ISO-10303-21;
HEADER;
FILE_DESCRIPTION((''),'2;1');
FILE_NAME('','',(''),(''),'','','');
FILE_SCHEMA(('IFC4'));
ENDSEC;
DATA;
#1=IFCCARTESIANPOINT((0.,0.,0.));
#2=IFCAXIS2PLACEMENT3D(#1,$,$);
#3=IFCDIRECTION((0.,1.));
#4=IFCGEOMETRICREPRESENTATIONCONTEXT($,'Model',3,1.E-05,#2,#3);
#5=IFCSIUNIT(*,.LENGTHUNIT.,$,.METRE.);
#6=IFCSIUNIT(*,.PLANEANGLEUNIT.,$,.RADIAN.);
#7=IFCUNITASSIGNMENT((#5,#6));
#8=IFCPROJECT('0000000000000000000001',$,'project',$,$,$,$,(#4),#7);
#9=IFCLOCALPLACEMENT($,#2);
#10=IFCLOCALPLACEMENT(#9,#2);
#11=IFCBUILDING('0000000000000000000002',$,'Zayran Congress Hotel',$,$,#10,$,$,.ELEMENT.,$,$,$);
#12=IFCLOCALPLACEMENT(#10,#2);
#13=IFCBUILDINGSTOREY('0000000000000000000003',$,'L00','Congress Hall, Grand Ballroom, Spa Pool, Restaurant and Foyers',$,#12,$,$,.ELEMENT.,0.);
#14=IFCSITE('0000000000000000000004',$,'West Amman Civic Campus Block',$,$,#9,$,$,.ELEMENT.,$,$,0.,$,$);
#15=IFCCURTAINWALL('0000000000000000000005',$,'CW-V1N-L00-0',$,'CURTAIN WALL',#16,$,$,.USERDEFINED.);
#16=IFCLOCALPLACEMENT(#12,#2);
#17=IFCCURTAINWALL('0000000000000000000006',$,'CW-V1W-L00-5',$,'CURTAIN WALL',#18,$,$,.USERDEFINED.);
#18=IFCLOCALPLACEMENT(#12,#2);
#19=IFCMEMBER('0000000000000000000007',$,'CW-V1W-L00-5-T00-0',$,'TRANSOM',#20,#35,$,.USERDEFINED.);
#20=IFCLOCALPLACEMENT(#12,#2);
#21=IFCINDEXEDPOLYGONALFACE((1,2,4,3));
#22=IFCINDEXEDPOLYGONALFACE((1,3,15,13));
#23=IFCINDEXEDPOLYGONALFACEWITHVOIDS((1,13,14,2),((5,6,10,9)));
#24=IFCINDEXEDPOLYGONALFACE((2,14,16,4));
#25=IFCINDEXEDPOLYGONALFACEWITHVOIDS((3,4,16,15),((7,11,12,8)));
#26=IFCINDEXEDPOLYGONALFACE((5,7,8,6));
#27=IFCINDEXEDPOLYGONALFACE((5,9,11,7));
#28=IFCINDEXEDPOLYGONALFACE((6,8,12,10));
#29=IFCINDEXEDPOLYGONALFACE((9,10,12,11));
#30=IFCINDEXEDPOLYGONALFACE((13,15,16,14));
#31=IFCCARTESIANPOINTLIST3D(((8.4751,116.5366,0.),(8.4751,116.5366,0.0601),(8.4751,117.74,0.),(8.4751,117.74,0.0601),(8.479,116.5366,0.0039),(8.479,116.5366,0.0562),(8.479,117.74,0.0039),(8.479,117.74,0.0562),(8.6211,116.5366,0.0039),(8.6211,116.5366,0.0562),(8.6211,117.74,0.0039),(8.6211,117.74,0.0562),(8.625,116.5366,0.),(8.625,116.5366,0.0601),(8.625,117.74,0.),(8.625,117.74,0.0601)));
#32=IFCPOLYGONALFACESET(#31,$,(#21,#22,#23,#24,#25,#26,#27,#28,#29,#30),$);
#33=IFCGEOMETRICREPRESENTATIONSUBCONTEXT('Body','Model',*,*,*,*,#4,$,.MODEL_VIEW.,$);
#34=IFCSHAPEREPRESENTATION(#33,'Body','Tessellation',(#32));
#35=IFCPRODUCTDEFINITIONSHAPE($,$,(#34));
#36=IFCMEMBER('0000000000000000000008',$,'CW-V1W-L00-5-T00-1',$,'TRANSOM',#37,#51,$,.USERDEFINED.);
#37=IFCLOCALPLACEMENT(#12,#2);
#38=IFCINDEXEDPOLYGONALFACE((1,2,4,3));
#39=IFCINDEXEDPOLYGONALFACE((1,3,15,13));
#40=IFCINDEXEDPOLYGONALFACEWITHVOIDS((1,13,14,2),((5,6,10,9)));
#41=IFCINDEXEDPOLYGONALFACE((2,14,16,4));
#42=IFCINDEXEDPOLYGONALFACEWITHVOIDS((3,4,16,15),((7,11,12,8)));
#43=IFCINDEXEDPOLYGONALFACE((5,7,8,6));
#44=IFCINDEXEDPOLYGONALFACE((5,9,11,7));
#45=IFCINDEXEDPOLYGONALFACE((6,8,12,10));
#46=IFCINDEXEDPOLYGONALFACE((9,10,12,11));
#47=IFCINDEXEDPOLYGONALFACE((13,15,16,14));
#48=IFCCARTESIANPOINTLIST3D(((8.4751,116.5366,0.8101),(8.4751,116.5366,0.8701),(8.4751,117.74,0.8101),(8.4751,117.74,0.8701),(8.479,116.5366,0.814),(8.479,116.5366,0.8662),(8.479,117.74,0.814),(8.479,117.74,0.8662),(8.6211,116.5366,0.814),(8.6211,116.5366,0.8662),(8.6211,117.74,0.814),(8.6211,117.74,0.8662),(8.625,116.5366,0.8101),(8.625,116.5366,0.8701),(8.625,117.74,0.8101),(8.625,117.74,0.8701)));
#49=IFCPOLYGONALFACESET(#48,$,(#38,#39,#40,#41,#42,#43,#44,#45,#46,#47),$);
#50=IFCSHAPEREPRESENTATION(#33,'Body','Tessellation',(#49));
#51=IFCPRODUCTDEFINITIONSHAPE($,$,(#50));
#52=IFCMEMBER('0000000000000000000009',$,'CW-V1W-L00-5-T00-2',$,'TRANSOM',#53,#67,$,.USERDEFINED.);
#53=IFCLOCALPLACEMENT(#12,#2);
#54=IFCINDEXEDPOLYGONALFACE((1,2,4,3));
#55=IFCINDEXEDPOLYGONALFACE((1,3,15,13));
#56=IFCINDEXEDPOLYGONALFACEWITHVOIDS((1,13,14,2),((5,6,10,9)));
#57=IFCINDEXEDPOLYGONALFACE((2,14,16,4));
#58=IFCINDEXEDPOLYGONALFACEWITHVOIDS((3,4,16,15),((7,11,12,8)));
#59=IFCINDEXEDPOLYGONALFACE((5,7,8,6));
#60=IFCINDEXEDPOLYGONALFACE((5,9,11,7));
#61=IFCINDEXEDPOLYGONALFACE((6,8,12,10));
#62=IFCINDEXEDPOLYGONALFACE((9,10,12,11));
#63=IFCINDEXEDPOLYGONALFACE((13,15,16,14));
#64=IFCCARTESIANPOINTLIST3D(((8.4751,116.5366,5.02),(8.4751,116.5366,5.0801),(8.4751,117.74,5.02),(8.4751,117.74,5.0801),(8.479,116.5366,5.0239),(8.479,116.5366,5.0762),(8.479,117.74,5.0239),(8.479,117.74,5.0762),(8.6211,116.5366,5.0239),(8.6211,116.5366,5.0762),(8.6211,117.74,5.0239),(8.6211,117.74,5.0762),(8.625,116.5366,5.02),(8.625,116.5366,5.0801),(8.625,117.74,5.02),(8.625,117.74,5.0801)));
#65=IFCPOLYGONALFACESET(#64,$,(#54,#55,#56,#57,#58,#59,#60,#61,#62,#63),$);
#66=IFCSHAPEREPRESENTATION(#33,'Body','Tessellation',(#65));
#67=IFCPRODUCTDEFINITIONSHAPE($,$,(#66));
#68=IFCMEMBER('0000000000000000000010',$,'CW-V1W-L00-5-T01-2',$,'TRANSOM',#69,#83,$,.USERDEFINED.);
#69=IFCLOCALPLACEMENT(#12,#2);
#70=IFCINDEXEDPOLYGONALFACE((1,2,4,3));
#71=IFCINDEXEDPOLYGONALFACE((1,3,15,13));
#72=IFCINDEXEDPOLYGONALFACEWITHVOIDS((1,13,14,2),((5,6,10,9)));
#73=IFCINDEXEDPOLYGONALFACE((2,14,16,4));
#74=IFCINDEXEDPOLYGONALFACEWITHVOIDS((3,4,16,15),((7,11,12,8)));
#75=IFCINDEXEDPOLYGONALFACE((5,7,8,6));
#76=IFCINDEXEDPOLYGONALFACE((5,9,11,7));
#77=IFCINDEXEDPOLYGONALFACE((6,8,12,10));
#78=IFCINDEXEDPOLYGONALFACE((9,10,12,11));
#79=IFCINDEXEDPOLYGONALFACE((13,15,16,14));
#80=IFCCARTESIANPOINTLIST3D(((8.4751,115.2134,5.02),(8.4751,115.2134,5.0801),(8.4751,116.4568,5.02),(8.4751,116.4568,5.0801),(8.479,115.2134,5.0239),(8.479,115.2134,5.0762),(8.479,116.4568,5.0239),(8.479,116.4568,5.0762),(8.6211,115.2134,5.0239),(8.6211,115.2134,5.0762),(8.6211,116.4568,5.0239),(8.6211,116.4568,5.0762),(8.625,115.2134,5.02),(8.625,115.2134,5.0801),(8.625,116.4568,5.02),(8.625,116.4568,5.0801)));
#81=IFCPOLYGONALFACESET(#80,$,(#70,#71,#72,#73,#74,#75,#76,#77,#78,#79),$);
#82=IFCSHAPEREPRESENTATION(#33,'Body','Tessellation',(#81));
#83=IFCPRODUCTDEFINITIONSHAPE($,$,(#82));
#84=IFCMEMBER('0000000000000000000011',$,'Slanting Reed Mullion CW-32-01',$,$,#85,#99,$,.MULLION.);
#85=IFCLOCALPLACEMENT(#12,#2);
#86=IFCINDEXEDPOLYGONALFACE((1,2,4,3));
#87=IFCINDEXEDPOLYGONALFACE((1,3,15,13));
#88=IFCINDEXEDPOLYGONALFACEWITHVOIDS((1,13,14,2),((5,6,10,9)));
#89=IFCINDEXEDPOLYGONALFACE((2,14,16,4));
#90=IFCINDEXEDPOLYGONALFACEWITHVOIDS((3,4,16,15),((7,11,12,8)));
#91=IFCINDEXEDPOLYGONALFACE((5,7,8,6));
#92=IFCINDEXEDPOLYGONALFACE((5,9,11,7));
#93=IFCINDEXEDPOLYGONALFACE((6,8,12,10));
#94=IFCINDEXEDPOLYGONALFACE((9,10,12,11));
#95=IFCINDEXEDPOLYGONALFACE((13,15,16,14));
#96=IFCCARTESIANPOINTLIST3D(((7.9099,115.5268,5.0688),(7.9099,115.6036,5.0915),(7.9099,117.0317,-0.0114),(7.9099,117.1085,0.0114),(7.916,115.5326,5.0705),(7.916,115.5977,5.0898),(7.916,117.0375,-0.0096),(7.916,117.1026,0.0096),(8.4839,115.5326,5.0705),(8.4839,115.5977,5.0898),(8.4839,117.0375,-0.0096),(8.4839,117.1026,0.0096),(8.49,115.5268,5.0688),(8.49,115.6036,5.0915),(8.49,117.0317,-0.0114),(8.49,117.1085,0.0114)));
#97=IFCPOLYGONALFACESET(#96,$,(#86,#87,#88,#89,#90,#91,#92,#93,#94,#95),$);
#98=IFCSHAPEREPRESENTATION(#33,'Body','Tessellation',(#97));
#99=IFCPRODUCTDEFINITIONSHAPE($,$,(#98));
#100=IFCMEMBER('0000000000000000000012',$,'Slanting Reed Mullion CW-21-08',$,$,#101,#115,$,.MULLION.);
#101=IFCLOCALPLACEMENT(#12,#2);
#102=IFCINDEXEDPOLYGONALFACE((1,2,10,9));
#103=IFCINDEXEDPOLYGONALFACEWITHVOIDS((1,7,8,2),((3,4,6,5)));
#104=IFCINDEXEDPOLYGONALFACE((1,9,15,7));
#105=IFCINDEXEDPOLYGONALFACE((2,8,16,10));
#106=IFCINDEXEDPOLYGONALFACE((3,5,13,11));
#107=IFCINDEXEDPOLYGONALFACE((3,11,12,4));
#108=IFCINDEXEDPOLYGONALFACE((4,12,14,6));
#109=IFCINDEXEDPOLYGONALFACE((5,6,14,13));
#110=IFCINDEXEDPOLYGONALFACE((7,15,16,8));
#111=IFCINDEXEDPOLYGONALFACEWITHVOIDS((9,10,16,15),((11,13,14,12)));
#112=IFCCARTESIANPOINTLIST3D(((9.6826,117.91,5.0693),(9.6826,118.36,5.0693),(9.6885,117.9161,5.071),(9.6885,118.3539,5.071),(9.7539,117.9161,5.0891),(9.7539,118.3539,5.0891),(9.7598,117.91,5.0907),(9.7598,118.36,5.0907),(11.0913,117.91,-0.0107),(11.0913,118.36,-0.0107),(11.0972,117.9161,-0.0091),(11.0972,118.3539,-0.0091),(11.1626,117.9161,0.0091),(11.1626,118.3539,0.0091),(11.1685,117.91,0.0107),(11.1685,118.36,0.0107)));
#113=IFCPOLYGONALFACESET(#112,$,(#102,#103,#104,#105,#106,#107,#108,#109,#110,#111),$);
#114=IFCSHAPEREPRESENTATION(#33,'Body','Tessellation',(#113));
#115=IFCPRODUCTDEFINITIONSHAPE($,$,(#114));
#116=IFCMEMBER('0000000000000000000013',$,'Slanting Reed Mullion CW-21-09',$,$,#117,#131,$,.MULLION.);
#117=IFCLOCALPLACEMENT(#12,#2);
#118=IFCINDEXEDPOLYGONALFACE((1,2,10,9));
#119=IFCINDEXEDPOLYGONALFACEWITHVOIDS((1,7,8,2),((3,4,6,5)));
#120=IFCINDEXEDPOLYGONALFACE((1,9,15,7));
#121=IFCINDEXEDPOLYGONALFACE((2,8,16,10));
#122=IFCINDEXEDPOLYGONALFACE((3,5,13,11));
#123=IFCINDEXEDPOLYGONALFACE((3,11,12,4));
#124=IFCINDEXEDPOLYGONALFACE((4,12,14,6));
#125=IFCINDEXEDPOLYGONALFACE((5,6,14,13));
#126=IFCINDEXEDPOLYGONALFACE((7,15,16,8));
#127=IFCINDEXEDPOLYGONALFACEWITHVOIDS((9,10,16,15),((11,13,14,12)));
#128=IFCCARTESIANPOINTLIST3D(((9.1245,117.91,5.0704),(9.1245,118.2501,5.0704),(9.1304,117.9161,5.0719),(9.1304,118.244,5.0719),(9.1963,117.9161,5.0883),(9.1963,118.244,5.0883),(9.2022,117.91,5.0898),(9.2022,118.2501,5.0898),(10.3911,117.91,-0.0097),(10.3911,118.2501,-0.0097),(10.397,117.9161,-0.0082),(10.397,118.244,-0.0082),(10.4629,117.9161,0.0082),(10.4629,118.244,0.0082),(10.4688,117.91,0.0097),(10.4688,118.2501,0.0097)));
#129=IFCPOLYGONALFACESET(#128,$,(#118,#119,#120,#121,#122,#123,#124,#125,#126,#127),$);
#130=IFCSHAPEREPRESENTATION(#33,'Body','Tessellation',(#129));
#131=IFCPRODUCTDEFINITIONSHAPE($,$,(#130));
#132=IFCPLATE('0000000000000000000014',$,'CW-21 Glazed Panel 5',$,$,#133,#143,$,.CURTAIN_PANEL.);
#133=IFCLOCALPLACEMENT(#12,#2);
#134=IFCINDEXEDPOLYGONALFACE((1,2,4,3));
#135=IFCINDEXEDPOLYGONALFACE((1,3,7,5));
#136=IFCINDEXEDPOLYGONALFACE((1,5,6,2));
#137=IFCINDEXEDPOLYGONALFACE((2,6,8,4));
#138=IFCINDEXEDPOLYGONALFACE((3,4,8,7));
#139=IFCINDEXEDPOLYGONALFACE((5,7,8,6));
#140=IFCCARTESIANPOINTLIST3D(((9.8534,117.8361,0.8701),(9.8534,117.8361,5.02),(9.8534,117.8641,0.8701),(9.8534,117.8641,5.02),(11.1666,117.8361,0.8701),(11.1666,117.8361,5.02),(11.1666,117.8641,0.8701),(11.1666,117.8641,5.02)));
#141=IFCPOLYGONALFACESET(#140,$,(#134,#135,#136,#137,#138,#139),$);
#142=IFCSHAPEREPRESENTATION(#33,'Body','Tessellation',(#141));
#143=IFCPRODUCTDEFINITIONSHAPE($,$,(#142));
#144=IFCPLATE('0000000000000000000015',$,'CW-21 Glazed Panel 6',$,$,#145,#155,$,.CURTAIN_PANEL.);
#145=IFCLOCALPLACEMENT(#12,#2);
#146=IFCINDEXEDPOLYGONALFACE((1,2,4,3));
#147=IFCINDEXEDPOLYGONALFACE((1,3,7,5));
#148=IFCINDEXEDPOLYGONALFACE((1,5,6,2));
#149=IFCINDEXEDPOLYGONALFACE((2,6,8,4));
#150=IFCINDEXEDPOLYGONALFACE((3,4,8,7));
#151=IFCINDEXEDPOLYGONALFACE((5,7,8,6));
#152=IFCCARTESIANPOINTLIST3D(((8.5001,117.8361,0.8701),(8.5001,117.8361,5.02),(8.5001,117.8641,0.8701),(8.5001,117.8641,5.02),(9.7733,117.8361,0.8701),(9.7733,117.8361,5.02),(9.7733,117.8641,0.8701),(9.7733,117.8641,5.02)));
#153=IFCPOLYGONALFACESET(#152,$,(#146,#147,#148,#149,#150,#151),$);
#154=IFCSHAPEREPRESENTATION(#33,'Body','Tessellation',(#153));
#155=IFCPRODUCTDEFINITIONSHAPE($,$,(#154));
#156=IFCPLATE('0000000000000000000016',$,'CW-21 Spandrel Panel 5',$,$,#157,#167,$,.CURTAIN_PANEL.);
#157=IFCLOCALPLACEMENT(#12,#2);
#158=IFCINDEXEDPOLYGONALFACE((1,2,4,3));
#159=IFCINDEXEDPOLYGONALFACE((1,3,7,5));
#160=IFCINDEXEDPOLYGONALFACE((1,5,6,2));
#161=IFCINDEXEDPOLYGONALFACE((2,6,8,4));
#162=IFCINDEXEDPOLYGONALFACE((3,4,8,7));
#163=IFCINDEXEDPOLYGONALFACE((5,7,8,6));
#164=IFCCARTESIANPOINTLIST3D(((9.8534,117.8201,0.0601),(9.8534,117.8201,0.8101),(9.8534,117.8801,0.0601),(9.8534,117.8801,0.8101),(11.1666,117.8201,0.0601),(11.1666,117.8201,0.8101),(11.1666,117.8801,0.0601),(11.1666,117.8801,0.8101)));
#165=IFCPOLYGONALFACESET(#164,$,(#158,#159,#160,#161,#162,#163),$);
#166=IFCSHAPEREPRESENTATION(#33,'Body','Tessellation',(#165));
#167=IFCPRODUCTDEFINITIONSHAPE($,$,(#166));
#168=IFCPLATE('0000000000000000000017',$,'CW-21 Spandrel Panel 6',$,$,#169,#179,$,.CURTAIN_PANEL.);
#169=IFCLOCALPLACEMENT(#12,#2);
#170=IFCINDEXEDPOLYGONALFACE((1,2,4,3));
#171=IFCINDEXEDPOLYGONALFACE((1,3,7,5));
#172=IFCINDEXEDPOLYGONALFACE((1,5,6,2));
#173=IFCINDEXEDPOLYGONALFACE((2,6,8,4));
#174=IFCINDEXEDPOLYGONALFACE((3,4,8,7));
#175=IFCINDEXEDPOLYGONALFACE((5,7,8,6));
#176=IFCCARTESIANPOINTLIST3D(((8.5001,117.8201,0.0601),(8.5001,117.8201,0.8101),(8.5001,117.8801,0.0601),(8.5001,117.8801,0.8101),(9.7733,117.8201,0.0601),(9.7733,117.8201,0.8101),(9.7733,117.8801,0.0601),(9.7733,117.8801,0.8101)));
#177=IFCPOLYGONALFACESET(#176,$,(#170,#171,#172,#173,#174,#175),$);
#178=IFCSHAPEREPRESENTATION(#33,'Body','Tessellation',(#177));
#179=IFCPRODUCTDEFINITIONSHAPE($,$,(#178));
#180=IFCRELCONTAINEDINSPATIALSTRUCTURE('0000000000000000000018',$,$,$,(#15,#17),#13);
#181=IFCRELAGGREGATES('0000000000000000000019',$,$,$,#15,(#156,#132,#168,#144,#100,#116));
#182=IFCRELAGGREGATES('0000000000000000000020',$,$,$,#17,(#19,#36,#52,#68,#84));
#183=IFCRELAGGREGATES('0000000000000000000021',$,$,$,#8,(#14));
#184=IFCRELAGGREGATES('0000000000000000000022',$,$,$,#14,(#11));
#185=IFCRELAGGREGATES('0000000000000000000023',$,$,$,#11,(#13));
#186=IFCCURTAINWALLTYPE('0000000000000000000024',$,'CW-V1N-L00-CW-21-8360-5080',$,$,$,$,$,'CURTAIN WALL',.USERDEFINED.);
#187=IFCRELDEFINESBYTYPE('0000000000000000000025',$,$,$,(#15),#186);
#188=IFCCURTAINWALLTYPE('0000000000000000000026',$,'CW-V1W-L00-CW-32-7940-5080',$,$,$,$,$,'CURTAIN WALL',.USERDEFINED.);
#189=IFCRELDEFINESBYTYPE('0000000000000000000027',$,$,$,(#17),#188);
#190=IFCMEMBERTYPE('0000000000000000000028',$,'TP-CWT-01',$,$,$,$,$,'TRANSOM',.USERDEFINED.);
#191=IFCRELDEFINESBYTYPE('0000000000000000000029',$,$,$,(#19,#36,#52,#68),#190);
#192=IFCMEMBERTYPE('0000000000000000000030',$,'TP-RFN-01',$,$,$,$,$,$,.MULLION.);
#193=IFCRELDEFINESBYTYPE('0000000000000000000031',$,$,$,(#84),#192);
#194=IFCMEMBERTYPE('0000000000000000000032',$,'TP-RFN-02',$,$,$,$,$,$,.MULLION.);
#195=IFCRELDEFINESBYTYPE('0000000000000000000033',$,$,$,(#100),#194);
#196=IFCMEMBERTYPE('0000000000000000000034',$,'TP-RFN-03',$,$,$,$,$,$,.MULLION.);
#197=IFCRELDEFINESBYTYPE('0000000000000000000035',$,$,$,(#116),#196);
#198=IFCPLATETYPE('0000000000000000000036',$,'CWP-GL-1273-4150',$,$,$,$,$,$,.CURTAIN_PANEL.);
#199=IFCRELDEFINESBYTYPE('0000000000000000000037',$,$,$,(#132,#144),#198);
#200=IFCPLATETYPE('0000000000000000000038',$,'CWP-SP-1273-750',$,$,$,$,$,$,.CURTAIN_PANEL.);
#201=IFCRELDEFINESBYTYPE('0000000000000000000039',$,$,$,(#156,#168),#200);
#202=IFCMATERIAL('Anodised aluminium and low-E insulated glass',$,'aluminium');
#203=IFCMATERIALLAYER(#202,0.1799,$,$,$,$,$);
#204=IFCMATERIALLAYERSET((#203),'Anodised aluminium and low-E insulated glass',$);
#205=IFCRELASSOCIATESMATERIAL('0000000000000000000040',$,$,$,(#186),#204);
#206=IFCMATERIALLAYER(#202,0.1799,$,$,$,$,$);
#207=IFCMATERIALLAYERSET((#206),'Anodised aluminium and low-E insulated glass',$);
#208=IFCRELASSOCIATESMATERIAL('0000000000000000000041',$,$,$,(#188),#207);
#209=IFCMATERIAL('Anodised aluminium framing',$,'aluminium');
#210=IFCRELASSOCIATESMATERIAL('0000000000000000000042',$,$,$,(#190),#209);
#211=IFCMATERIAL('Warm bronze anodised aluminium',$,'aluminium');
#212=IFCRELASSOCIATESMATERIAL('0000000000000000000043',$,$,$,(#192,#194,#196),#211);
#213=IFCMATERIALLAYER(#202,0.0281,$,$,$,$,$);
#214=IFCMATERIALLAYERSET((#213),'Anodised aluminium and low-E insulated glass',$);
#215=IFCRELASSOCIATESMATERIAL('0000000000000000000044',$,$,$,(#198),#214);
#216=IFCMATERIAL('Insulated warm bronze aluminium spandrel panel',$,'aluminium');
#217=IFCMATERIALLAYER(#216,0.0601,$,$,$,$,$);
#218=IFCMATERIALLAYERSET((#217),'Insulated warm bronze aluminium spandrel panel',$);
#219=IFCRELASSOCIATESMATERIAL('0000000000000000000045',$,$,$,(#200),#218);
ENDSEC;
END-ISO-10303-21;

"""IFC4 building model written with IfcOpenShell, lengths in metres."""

from ifc_helpers import new_model, si_unit, direction, frame, origin, origin_2d, place, context, subcontext, project, spatial, rectangle, hollow_rectangle, extrude, material, layer, layer_set, material_profile, profile_set, type_object, element, aggregate, save


model = new_model("IFC4")

# Units and contexts
model_context = context("Model", 3, precision=1e-05, world=origin(), true_north=direction((0.0, 1.0)))
body_context = subcontext(model_context, "Body", "Model", "MODEL_VIEW")
ifc_project = project(units=[si_unit("LENGTHUNIT", "METRE"), si_unit("PLANEANGLEUNIT", "RADIAN")], contexts=[model_context])

# Site, building, storey
site_placement = place(None, origin())
site = spatial("IfcSite", under=ifc_project, at=site_placement, Name="West Amman Civic Campus Block", CompositionType="ELEMENT", RefElevation=0.0)
building_placement = place(site_placement, origin())
building = spatial("IfcBuilding", under=site, at=building_placement, Name="Zayran Congress Hotel", CompositionType="ELEMENT")
storey_placement = place(building_placement, origin())
storey = spatial("IfcBuildingStorey", under=building, at=storey_placement, Name="L00", Description="Congress Hall, Grand Ballroom, Spa Pool, Restaurant and Foyers", CompositionType="ELEMENT", Elevation=0.0)

# Curtain walls
ifc_material_1 = material(Name="Anodised aluminium and low-E insulated glass", Category="aluminium")
ifc_layer_1 = layer(ifc_material_1, 0.1799)
ifc_layer_set_1 = layer_set([ifc_layer_1], Name="Anodised aluminium and low-E insulated glass")
curtain_wall_type_1 = type_object("IfcCurtainWallType", Name="CW-V1N-L00-CW-21-8360-5080", ElementType="CURTAIN WALL", PredefinedType="USERDEFINED", material=ifc_layer_set_1)
curtain_wall_1_placement = place(storey_placement, origin())
curtain_wall_1 = element("IfcCurtainWall", 1, at=curtain_wall_1_placement, inside=storey, type_object=curtain_wall_type_1, Name="CW-V1N-L00-0", ObjectType="CURTAIN WALL", PredefinedType="USERDEFINED")
ifc_material_2 = material(Name="Anodised aluminium framing", Category="aluminium")
ifc_layer_2 = layer(ifc_material_1, 0.1799)
ifc_layer_set_2 = layer_set([ifc_layer_2], Name="Anodised aluminium and low-E insulated glass")
curtain_wall_type_2 = type_object("IfcCurtainWallType", Name="CW-V1W-L00-CW-32-7940-5080", ElementType="CURTAIN WALL", PredefinedType="USERDEFINED", material=ifc_layer_set_2)
curtain_wall_2_placement = place(storey_placement, origin())
curtain_wall_2 = element("IfcCurtainWall", 2, at=curtain_wall_2_placement, inside=storey, type_object=curtain_wall_type_2, Name="CW-V1W-L00-5", ObjectType="CURTAIN WALL", PredefinedType="USERDEFINED")

# Members
ifc_material_profile_1 = material_profile(ifc_material_2, hollow_rectangle(XDim=0.0601, YDim=0.1499, WallThickness=0.0039, at=origin_2d()), Name="RHS 150x60x4")
ifc_profile_set_1 = profile_set([ifc_material_profile_1], Name="Anodised aluminium framing")
member_type_1 = type_object("IfcMemberType", Name="TP-CWT-01", ElementType="TRANSOM", PredefinedType="USERDEFINED", material=ifc_profile_set_1)
member_1_placement = place(storey_placement, frame((8.55, 117.74, 0.03), z_axis=(0.0, -1.0, 0.0), x_axis=(0.0, 0.0, 1.0)))
member_1 = element("IfcMember", 3, at=member_1_placement, type_object=member_type_1, Name="CW-V1W-L00-5-T00-0", ObjectType="TRANSOM", PredefinedType="USERDEFINED", context=body_context, shape_type="SweptSolid", body=[
    extrude(hollow_rectangle(XDim=0.0601, YDim=0.1499, WallThickness=0.0039, at=origin_2d()), origin(), (0.0, 0.0, 1.0), 1.2034),
])
member_2_placement = place(storey_placement, frame((8.55, 117.74, 0.8401), z_axis=(0.0, -1.0, 0.0), x_axis=(0.0, 0.0, 1.0)))
member_2 = element("IfcMember", 4, at=member_2_placement, type_object=member_type_1, Name="CW-V1W-L00-5-T00-1", ObjectType="TRANSOM", PredefinedType="USERDEFINED", context=body_context, shape_type="SweptSolid", body=[
    extrude(hollow_rectangle(XDim=0.0601, YDim=0.1499, WallThickness=0.0039, at=origin_2d()), origin(), (0.0, 0.0, 1.0), 1.2034),
])
member_3_placement = place(storey_placement, frame((8.55, 117.74, 5.05), z_axis=(0.0, -1.0, 0.0), x_axis=(0.0, 0.0, 1.0)))
member_3 = element("IfcMember", 5, at=member_3_placement, type_object=member_type_1, Name="CW-V1W-L00-5-T00-2", ObjectType="TRANSOM", PredefinedType="USERDEFINED", context=body_context, shape_type="SweptSolid", body=[
    extrude(hollow_rectangle(XDim=0.0601, YDim=0.1499, WallThickness=0.0039, at=origin_2d()), origin(), (0.0, 0.0, 1.0), 1.2034),
])
member_4_placement = place(storey_placement, frame((8.55, 116.4568, 5.05), z_axis=(0.0, -1.0, 0.0), x_axis=(0.0, 0.0, 1.0)))
member_4 = element("IfcMember", 6, at=member_4_placement, type_object=member_type_1, Name="CW-V1W-L00-5-T01-2", ObjectType="TRANSOM", PredefinedType="USERDEFINED", context=body_context, shape_type="SweptSolid", body=[
    extrude(hollow_rectangle(XDim=0.0601, YDim=0.1499, WallThickness=0.0039, at=origin_2d()), origin(), (0.0, 0.0, 1.0), 1.2434),
])
ifc_material_3 = material(Name="Warm bronze anodised aluminium", Category="aluminium")
ifc_material_profile_2 = material_profile(ifc_material_3, hollow_rectangle(XDim=0.0801, YDim=0.5801, WallThickness=0.0061, at=origin_2d()), Name="RHS 580x80x6")
ifc_profile_set_2 = profile_set([ifc_material_profile_2], Name="Warm bronze anodised aluminium")
member_type_2 = type_object("IfcMemberType", Name="TP-RFN-01", PredefinedType="MULLION", material=ifc_profile_set_2)
member_5_placement = place(storey_placement, frame((8.2, 117.0701, 0.0), z_axis=(0.0, -0.284032, 0.958815), x_axis=(0.0, 0.958815, 0.284032)))
member_5 = element("IfcMember", 7, at=member_5_placement, type_object=member_type_2, Name="Slanting Reed Mullion CW-32-01", PredefinedType="MULLION", context=body_context, shape_type="SweptSolid", body=[
    extrude(hollow_rectangle(XDim=0.0801, YDim=0.5801, WallThickness=0.0061, at=origin_2d()), origin(), (0.0, 0.0, 1.0), 5.2983),
])
ifc_material_profile_3 = material_profile(ifc_material_3, hollow_rectangle(XDim=0.0801, YDim=0.45, WallThickness=0.0061, at=origin_2d()), Name="RHS 450x80x6")
ifc_profile_set_3 = profile_set([ifc_material_profile_3], Name="Warm bronze anodised aluminium")
member_type_3 = type_object("IfcMemberType", Name="TP-RFN-02", PredefinedType="MULLION", material=ifc_profile_set_3)
member_6_placement = place(storey_placement, frame((11.1299, 118.135, 0.0), z_axis=(-0.267214, 0.0, 0.963637), x_axis=(0.963637, 0.0, 0.267214)))
member_6 = element("IfcMember", 8, at=member_6_placement, type_object=member_type_3, Name="Slanting Reed Mullion CW-21-08", PredefinedType="MULLION", context=body_context, shape_type="SweptSolid", body=[
    extrude(hollow_rectangle(XDim=0.0801, YDim=0.45, WallThickness=0.0061, at=origin_2d()), origin(), (0.0, 0.0, 1.0), 5.2717),
])
ifc_material_profile_4 = material_profile(ifc_material_3, hollow_rectangle(XDim=0.0801, YDim=0.3401, WallThickness=0.0061, at=origin_2d()), Name="RHS 340x80x6")
ifc_profile_set_4 = profile_set([ifc_material_profile_4], Name="Warm bronze anodised aluminium")
member_type_4 = type_object("IfcMemberType", Name="TP-RFN-03", PredefinedType="MULLION", material=ifc_profile_set_4)
member_7_placement = place(storey_placement, frame((10.4299, 118.0801, 0.0), z_axis=(-0.241921, 0.0, 0.970296), x_axis=(0.970296, 0.0, 0.241921)))
member_7 = element("IfcMember", 9, at=member_7_placement, type_object=member_type_4, Name="Slanting Reed Mullion CW-21-09", PredefinedType="MULLION", context=body_context, shape_type="SweptSolid", body=[
    extrude(hollow_rectangle(XDim=0.0801, YDim=0.3401, WallThickness=0.0061, at=origin_2d()), origin(), (0.0, 0.0, 1.0), 5.2356),
])

# Plates
ifc_layer_3 = layer(ifc_material_1, 0.0281)
ifc_layer_set_3 = layer_set([ifc_layer_3], Name="Anodised aluminium and low-E insulated glass")
plate_type_1 = type_object("IfcPlateType", Name="CWP-GL-1273-4150", PredefinedType="CURTAIN_PANEL", material=ifc_layer_set_3)
plate_1_placement = place(storey_placement, frame((10.51, 117.8501, 0.8701), z_axis=(0.0, 0.0, 1.0), x_axis=(1.0, 0.0, 0.0)))
plate_1 = element("IfcPlate", 10, at=plate_1_placement, type_object=plate_type_1, Name="CW-21 Glazed Panel 5", PredefinedType="CURTAIN_PANEL", context=body_context, shape_type="SweptSolid", body=[
    extrude(rectangle(XDim=1.3132, YDim=0.0281, at=origin_2d()), origin(), (0.0, 0.0, 1.0), 4.1499),
])
plate_2_placement = place(storey_placement, frame((9.1367, 117.8501, 0.8701), z_axis=(0.0, 0.0, 1.0), x_axis=(1.0, 0.0, 0.0)))
plate_2 = element("IfcPlate", 11, at=plate_2_placement, type_object=plate_type_1, Name="CW-21 Glazed Panel 6", PredefinedType="CURTAIN_PANEL", context=body_context, shape_type="SweptSolid", body=[
    extrude(rectangle(XDim=1.2732, YDim=0.0281, at=origin_2d()), origin(), (0.0, 0.0, 1.0), 4.1499),
])
ifc_material_4 = material(Name="Insulated warm bronze aluminium spandrel panel", Category="aluminium")
ifc_layer_4 = layer(ifc_material_4, 0.0601)
ifc_layer_set_4 = layer_set([ifc_layer_4], Name="Insulated warm bronze aluminium spandrel panel")
plate_type_2 = type_object("IfcPlateType", Name="CWP-SP-1273-750", PredefinedType="CURTAIN_PANEL", material=ifc_layer_set_4)
plate_3_placement = place(storey_placement, frame((10.51, 117.8501, 0.0601), z_axis=(0.0, 0.0, 1.0), x_axis=(1.0, 0.0, 0.0)))
plate_3 = element("IfcPlate", 12, at=plate_3_placement, type_object=plate_type_2, Name="CW-21 Spandrel Panel 5", PredefinedType="CURTAIN_PANEL", context=body_context, shape_type="SweptSolid", body=[
    extrude(rectangle(XDim=1.3132, YDim=0.0601, at=origin_2d()), origin(), (0.0, 0.0, 1.0), 0.75),
])
plate_4_placement = place(storey_placement, frame((9.1367, 117.8501, 0.0601), z_axis=(0.0, 0.0, 1.0), x_axis=(1.0, 0.0, 0.0)))
plate_4 = element("IfcPlate", 13, at=plate_4_placement, type_object=plate_type_2, Name="CW-21 Spandrel Panel 6", PredefinedType="CURTAIN_PANEL", context=body_context, shape_type="SweptSolid", body=[
    extrude(rectangle(XDim=1.2732, YDim=0.0601, at=origin_2d()), origin(), (0.0, 0.0, 1.0), 0.75),
])
aggregate(curtain_wall_1, [plate_3, plate_1, plate_4, plate_2, member_6, member_7])
aggregate(curtain_wall_2, [member_1, member_2, member_3, member_4, member_5])

save(model, "model.ifc")
